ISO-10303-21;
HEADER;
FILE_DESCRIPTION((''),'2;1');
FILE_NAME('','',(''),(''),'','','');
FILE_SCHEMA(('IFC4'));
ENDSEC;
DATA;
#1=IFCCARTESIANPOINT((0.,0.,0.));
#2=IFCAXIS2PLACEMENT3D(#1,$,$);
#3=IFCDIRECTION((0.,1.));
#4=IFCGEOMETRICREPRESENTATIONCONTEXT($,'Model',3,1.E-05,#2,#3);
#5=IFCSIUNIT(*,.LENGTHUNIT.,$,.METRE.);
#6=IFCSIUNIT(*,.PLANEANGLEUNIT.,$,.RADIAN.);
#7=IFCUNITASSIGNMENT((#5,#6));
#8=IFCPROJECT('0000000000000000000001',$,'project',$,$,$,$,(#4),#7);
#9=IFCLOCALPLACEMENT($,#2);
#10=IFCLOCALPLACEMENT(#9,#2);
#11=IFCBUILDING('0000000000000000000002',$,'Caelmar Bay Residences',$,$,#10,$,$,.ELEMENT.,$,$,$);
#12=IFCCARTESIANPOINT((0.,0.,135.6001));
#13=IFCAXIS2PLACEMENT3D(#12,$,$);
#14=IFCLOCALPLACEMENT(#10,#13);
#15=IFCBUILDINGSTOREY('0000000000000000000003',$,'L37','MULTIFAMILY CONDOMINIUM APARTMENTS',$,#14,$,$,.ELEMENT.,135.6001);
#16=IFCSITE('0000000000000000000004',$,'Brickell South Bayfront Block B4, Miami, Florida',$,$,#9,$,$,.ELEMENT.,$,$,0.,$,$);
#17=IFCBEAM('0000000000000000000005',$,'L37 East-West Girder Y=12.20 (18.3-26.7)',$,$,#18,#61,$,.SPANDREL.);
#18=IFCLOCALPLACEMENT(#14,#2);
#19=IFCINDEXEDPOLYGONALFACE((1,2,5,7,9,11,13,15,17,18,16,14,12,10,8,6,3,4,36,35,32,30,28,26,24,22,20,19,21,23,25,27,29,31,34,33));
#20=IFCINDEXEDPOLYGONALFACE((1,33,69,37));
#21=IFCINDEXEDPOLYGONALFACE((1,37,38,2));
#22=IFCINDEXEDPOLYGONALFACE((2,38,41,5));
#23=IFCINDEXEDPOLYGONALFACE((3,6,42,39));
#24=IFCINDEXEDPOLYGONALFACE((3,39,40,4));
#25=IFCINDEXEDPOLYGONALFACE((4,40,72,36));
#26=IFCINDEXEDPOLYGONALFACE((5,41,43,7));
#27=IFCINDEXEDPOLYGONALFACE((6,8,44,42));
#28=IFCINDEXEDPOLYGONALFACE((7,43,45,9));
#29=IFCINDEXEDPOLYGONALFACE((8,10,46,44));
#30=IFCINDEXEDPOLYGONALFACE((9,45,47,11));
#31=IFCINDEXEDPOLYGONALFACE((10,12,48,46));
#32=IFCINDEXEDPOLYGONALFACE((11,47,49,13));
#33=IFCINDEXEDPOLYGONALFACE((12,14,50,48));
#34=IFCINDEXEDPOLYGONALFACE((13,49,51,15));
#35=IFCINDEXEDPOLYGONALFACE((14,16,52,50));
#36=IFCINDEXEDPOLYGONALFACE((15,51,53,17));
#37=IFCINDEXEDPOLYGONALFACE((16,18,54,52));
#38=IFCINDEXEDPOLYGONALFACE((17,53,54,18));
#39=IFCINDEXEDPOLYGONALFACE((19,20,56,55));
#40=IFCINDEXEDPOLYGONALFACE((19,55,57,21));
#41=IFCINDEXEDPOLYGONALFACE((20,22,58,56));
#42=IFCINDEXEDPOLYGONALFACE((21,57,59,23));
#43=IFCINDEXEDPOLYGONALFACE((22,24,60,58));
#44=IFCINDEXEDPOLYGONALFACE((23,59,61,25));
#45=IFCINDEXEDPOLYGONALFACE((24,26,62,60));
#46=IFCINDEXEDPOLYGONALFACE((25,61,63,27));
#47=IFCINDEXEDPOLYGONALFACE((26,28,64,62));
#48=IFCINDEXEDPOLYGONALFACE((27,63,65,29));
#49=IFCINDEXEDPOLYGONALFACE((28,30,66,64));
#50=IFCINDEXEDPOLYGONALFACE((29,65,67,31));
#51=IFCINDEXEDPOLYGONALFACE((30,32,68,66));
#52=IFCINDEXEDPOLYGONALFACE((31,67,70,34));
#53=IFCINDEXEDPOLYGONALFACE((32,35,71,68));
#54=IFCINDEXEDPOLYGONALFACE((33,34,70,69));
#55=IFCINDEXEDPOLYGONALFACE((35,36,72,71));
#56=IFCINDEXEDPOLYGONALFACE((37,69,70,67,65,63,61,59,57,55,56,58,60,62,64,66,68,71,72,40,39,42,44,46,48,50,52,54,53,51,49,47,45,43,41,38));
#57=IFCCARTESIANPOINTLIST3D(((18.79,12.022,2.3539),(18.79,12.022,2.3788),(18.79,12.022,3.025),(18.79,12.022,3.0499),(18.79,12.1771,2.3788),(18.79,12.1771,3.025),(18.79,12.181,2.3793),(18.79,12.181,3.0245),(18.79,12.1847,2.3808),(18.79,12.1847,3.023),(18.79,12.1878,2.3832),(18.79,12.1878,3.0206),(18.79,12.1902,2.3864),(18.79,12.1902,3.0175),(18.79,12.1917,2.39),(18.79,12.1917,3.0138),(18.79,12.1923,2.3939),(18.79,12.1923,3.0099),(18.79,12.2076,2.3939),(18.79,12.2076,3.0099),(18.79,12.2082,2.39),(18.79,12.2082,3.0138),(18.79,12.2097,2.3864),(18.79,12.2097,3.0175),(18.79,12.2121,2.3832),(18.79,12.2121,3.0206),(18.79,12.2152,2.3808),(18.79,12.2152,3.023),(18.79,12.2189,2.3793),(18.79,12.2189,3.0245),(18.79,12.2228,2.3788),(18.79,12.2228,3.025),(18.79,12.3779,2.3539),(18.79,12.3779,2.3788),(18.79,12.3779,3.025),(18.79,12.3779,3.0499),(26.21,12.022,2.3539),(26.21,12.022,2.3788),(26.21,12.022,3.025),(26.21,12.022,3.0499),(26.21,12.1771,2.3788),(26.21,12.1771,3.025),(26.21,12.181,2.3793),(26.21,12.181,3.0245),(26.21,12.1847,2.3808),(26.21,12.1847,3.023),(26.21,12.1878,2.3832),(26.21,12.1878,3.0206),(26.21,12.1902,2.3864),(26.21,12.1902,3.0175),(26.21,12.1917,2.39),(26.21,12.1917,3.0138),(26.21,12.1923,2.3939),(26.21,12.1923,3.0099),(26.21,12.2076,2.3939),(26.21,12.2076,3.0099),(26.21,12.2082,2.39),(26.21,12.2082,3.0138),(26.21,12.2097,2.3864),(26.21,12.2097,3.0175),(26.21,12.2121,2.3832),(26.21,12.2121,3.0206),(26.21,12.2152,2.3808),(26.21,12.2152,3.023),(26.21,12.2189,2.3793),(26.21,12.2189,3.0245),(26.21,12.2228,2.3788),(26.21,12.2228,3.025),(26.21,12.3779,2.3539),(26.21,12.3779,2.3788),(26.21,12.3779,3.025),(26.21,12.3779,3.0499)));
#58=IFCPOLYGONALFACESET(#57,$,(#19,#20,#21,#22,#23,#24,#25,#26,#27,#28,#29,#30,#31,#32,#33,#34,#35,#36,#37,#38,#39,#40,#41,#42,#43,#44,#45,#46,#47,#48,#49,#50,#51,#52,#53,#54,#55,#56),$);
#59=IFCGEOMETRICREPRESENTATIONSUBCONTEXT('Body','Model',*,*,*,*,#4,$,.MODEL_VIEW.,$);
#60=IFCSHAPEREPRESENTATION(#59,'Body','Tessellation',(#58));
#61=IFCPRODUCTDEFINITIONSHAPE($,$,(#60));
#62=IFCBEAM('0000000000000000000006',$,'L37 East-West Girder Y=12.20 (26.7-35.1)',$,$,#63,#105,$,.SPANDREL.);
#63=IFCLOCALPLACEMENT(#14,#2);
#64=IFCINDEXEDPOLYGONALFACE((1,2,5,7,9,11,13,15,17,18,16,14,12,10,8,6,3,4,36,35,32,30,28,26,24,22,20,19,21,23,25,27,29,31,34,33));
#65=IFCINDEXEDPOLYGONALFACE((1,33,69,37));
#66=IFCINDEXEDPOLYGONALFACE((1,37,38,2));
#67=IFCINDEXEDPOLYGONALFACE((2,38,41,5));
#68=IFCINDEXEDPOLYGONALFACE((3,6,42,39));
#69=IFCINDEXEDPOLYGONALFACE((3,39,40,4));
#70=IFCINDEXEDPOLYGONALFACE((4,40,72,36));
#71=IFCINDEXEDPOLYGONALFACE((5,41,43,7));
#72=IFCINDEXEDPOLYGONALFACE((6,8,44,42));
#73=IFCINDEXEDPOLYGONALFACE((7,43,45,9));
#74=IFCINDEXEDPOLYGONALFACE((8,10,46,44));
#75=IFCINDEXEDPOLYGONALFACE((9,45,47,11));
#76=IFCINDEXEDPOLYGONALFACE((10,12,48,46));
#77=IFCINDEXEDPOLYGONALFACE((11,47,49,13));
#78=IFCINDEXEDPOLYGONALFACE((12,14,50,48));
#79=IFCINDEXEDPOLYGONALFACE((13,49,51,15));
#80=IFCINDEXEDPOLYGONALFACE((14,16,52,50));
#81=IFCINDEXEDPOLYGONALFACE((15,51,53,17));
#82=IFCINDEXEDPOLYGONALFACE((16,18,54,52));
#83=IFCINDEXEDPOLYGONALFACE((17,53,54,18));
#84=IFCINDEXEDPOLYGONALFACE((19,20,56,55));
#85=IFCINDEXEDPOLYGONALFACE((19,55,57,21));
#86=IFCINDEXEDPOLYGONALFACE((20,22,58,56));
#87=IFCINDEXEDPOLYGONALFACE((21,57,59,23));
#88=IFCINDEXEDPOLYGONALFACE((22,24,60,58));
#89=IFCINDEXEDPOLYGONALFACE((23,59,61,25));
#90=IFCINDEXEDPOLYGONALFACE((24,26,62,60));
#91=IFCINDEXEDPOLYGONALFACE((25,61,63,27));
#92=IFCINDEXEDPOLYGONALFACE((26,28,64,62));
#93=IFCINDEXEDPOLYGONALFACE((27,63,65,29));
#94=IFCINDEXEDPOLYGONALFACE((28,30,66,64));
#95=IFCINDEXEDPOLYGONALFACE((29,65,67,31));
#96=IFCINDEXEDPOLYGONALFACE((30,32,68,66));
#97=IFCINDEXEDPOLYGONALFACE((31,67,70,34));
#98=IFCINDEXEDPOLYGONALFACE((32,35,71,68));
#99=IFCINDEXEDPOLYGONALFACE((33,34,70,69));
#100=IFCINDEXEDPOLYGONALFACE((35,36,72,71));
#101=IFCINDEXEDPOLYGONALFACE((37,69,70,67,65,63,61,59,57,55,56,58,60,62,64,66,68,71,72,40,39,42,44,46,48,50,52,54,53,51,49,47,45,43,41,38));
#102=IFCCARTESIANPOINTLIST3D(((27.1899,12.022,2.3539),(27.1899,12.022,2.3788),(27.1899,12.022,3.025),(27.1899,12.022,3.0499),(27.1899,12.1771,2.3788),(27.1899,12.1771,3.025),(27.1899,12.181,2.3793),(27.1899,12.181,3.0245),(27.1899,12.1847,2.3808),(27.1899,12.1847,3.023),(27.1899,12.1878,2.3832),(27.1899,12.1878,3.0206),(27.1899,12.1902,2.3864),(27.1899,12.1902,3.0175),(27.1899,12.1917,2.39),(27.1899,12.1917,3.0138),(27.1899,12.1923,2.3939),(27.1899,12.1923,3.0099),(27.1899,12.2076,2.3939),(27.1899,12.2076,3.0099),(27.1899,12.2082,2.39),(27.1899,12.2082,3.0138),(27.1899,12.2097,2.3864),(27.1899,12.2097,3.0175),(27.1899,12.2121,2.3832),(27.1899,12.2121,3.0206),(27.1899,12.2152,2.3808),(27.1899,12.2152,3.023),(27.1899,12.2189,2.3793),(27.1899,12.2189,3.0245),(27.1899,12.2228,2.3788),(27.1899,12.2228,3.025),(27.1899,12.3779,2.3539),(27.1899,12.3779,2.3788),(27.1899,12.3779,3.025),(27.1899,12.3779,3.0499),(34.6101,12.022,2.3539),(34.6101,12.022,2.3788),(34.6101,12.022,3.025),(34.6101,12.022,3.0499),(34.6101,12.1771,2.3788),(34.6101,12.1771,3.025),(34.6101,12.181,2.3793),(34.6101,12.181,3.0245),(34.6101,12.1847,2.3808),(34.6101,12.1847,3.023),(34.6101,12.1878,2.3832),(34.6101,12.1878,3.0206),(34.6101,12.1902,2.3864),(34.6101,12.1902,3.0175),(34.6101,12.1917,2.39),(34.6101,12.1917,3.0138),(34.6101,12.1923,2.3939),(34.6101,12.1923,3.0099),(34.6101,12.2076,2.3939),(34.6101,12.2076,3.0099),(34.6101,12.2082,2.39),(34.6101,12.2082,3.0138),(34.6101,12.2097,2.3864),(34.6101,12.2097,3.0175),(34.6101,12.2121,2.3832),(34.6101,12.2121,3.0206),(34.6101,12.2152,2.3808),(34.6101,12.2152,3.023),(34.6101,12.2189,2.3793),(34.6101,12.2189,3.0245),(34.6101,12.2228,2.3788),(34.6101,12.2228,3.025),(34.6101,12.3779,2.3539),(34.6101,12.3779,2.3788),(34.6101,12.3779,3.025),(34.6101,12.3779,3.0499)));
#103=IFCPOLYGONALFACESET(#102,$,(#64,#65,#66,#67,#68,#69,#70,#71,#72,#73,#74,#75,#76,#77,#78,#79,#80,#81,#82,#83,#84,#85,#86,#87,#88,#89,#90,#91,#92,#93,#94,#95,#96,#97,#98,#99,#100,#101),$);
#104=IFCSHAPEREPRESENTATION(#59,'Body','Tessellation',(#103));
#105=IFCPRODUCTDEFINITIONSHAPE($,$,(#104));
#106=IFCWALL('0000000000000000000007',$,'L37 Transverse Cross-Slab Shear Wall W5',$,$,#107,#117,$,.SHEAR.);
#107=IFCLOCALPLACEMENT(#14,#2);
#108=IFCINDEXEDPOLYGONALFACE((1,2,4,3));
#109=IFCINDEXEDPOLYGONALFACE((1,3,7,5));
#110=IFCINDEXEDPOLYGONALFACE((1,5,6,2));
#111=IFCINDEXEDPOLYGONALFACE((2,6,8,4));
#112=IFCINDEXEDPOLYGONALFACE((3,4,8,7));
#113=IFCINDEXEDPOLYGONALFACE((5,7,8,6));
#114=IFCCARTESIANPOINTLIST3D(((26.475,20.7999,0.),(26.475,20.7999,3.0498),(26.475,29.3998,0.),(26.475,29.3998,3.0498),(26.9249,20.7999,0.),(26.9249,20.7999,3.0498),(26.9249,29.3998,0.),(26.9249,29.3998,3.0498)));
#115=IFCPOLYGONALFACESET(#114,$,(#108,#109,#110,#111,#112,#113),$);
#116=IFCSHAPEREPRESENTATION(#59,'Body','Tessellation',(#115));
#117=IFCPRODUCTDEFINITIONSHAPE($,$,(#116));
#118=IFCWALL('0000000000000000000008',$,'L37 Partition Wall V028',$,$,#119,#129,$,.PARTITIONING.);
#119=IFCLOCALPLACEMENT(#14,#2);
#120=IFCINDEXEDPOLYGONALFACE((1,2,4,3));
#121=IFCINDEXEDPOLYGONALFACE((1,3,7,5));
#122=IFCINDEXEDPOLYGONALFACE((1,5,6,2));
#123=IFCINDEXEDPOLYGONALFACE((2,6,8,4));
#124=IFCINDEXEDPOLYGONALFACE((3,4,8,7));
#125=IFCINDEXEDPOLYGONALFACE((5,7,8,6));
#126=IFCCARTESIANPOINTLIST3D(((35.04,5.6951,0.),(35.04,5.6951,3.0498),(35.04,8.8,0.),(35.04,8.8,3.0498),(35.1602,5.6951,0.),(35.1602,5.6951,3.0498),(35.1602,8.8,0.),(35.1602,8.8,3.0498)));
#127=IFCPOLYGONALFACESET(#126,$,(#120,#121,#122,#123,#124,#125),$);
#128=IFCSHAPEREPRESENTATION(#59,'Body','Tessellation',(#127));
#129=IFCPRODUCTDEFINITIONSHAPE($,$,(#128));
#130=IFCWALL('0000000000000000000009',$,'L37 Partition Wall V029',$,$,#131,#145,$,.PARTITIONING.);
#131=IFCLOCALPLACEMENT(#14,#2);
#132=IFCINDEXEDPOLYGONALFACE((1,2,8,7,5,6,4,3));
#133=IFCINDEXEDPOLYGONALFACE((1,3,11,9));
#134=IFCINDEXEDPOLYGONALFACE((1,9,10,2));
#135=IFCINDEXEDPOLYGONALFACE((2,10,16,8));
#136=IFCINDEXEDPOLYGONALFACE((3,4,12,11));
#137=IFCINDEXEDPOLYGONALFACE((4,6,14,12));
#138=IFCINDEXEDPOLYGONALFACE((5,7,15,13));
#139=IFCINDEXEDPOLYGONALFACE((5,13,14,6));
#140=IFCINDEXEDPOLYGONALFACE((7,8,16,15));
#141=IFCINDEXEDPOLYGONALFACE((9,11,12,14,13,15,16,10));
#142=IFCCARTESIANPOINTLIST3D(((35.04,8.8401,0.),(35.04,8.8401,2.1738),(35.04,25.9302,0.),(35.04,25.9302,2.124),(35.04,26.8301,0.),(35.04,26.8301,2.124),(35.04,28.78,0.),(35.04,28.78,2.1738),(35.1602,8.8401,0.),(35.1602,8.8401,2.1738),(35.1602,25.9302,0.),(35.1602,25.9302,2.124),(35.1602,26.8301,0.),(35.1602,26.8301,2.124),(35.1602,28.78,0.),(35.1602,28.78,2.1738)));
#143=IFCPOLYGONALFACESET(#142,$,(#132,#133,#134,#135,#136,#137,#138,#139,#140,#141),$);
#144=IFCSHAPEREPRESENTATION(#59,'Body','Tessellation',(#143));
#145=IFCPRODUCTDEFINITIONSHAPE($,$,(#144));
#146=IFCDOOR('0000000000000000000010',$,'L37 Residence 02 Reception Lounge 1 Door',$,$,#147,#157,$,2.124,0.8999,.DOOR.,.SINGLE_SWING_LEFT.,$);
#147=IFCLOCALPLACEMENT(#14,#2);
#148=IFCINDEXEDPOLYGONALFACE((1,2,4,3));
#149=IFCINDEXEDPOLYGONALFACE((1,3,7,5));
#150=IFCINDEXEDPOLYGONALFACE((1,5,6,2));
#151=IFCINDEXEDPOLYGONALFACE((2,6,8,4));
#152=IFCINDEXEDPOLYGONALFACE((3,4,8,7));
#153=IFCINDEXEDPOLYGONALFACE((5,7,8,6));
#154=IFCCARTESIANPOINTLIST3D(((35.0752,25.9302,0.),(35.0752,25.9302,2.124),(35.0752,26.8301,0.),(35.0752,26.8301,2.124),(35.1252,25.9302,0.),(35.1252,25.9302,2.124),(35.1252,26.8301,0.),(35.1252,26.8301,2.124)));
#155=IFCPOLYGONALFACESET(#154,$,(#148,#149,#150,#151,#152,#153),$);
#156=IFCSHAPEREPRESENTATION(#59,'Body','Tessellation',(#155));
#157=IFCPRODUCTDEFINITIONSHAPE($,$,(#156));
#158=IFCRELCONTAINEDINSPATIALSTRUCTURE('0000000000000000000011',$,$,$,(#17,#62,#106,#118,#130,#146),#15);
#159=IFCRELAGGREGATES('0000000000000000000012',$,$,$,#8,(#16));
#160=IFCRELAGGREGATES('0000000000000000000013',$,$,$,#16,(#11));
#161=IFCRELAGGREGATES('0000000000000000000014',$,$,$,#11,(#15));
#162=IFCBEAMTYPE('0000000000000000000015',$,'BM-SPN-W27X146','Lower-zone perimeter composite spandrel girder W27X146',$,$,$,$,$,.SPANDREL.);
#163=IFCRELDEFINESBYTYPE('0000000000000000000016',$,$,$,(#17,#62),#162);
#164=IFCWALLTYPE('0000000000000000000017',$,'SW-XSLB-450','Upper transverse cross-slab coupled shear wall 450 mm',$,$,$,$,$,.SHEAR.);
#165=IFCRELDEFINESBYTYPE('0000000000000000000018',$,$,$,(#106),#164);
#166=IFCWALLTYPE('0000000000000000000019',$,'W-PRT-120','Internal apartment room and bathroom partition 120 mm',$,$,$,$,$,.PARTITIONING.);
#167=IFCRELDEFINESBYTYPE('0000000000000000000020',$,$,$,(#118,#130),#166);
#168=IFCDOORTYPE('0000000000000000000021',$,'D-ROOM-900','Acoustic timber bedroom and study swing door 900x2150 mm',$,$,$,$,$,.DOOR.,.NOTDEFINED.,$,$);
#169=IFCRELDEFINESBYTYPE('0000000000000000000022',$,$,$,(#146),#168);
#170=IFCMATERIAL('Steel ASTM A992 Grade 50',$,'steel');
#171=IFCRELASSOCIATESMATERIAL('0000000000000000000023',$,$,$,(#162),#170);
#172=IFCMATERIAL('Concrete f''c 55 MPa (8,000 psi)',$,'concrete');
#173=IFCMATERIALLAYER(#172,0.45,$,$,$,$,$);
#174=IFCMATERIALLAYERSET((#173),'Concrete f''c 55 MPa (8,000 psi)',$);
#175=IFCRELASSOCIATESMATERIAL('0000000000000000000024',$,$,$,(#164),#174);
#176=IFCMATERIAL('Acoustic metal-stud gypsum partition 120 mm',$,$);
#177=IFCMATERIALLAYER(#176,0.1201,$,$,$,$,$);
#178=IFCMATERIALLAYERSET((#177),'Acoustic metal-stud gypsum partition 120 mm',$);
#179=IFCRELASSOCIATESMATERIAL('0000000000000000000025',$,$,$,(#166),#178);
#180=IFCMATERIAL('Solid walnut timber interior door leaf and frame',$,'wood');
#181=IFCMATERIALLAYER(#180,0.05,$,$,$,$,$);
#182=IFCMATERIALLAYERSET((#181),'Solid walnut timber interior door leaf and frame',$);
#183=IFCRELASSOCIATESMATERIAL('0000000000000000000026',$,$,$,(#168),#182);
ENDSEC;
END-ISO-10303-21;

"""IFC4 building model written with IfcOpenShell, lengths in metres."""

from ifc_helpers import new_model, si_unit, direction, frame, frame_2d, origin, origin_2d, place, context, subcontext, project, spatial, rectangle, i_section, extrude, material, layer, layer_set, material_profile, profile_set, type_object, element, fill, save


model = new_model("IFC4")

# Units and contexts
model_context = context("Model", 3, precision=1e-05, world=origin(), true_north=direction((0.0, 1.0)))
body_context = subcontext(model_context, "Body", "Model", "MODEL_VIEW")
ifc_project = project(units=[si_unit("LENGTHUNIT", "METRE"), si_unit("PLANEANGLEUNIT", "RADIAN")], contexts=[model_context])

# Site, building, storey
site_placement = place(None, origin())
site = spatial("IfcSite", under=ifc_project, at=site_placement, Name="Brickell South Bayfront Block B4, Miami, Florida", CompositionType="ELEMENT", RefElevation=0.0)
building_placement = place(site_placement, origin())
building = spatial("IfcBuilding", under=site, at=building_placement, Name="Caelmar Bay Residences", CompositionType="ELEMENT")
storey_placement = place(building_placement, frame((0.0, 0.0, 135.6001)))
storey = spatial("IfcBuildingStorey", under=building, at=storey_placement, Name="L37", Description="MULTIFAMILY CONDOMINIUM APARTMENTS", CompositionType="ELEMENT", Elevation=135.6001)

# Beams
ifc_material_1 = material(Name="Steel ASTM A992 Grade 50", Category="steel")
ifc_material_profile_1 = material_profile(ifc_material_1, i_section(OverallWidth=0.356, OverallDepth=0.696, WebThickness=0.0154, FlangeThickness=0.0249, FilletRadius=0.0151, at=origin_2d()), Name="W27X146")
ifc_profile_set_1 = profile_set([ifc_material_profile_1], Name="Steel ASTM A992 Grade 50")
beam_type_1 = type_object("IfcBeamType", Name="BM-SPN-W27X146", Description="Lower-zone perimeter composite spandrel girder W27X146", PredefinedType="SPANDREL", material=ifc_profile_set_1)
beam_1_placement = place(storey_placement, frame((18.79, 12.2, 2.7019), z_axis=(1.0, 0.0, 0.0), x_axis=(0.0, 1.0, 0.0)))
element("IfcBeam", 1, at=beam_1_placement, inside=storey, type_object=beam_type_1, Name="L37 East-West Girder Y=12.20 (18.3-26.7)", PredefinedType="SPANDREL", context=body_context, shape_type="SweptSolid", body=[
    extrude(i_section(OverallWidth=0.356, OverallDepth=0.696, WebThickness=0.0154, FlangeThickness=0.0249, FilletRadius=0.0151, at=origin_2d()), origin(), (0.0, 0.0, 1.0), 7.4199),
])
beam_2_placement = place(storey_placement, frame((27.1899, 12.2, 2.7019), z_axis=(1.0, 0.0, 0.0), x_axis=(0.0, 1.0, 0.0)))
element("IfcBeam", 2, at=beam_2_placement, inside=storey, type_object=beam_type_1, Name="L37 East-West Girder Y=12.20 (26.7-35.1)", PredefinedType="SPANDREL", context=body_context, shape_type="SweptSolid", body=[
    extrude(i_section(OverallWidth=0.356, OverallDepth=0.696, WebThickness=0.0154, FlangeThickness=0.0249, FilletRadius=0.0151, at=origin_2d()), origin(), (0.0, 0.0, 1.0), 7.4202),
])

# Walls
ifc_material_2 = material(Name="Concrete f'c 55 MPa (8,000 psi)", Category="concrete")
ifc_layer_1 = layer(ifc_material_2, 0.45)
ifc_layer_set_1 = layer_set([ifc_layer_1], Name="Concrete f'c 55 MPa (8,000 psi)")
wall_type_1 = type_object("IfcWallType", Name="SW-XSLB-450", Description="Upper transverse cross-slab coupled shear wall 450 mm", PredefinedType="SHEAR", material=ifc_layer_set_1)
wall_1_placement = place(storey_placement, frame((26.7, 20.8, 0.0), z_axis=(0.0, 0.0, 1.0), x_axis=(0.0, 1.0, 0.0)))
element("IfcWall", 3, at=wall_1_placement, inside=storey, type_object=wall_type_1, Name="L37 Transverse Cross-Slab Shear Wall W5", PredefinedType="SHEAR", context=body_context, shape_type="SweptSolid", body=[
    extrude(rectangle(XDim=8.5999, YDim=0.45, at=frame_2d((4.2998, 0.0))), origin(), (0.0, 0.0, 1.0), 3.0498),
])
ifc_material_3 = material(Name="Acoustic metal-stud gypsum partition 120 mm")
ifc_layer_2 = layer(ifc_material_3, 0.1201)
ifc_layer_set_2 = layer_set([ifc_layer_2], Name="Acoustic metal-stud gypsum partition 120 mm")
wall_type_2 = type_object("IfcWallType", Name="W-PRT-120", Description="Internal apartment room and bathroom partition 120 mm", PredefinedType="PARTITIONING", material=ifc_layer_set_2)
wall_2_placement = place(storey_placement, frame((35.1001, 5.6951, 0.0), z_axis=(0.0, 0.0, 1.0), x_axis=(0.0, 1.0, 0.0)))
element("IfcWall", 4, at=wall_2_placement, inside=storey, type_object=wall_type_2, Name="L37 Partition Wall V028", PredefinedType="PARTITIONING", context=body_context, shape_type="SweptSolid", body=[
    extrude(rectangle(XDim=3.105, YDim=0.1201, at=frame_2d((1.5525, 0.0))), origin(), (0.0, 0.0, 1.0), 3.0498),
])

# Wall, opening, door
wall_3_placement = place(storey_placement, frame((35.1001, 8.8401, 0.0), z_axis=(0.0, 0.0, 1.0), x_axis=(0.0, 1.0, 0.0)))
wall_3 = element("IfcWall", 5, at=wall_3_placement, inside=storey, type_object=wall_type_2, Name="L37 Partition Wall V029", PredefinedType="PARTITIONING", context=body_context, shape_type="SweptSolid", body=[
    extrude(rectangle(XDim=19.9399, YDim=0.1201, at=frame_2d((9.97, 0.0))), origin(), (0.0, 0.0, 1.0), 2.1738),
])
opening_1_placement = place(wall_3_placement, frame((17.0901, 0.0, 0.0)))
opening_1 = element("IfcOpeningElement", 6, at=opening_1_placement, cuts=wall_3, PredefinedType="OPENING", context=body_context, shape_type="SweptSolid", body=[
    extrude(rectangle(XDim=0.8999, YDim=2.124, at=frame_2d((0.45, 1.062))), frame((0.0, 0.0701, 0.0), z_axis=(0.0, -1.0, 0.0), x_axis=(1.0, 0.0, 0.0)), (0.0, 0.0, 1.0), 0.1401),
])
ifc_material_4 = material(Name="Solid walnut timber interior door leaf and frame", Category="wood")
ifc_layer_3 = layer(ifc_material_4, 0.05)
ifc_layer_set_3 = layer_set([ifc_layer_3], Name="Solid walnut timber interior door leaf and frame")
door_type = type_object("IfcDoorType", Name="D-ROOM-900", Description="Acoustic timber bedroom and study swing door 900x2150 mm", OperationType="NOTDEFINED", PredefinedType="DOOR", material=ifc_layer_set_3)
door_1_placement = place(opening_1_placement, origin())
door_1 = element("IfcDoor", 7, at=door_1_placement, inside=storey, type_object=door_type, Name="L37 Residence 02 Reception Lounge 1 Door", OperationType="SINGLE_SWING_LEFT", OverallHeight=2.124, OverallWidth=0.8999, PredefinedType="DOOR", context=body_context, shape_type="SweptSolid", body=[
    extrude(rectangle(XDim=0.8999, YDim=2.124, at=frame_2d((0.45, 1.062))), frame((0.0, 0.0249, 0.0), z_axis=(0.0, -1.0, 0.0), x_axis=(1.0, 0.0, 0.0)), (0.0, 0.0, 1.0), 0.05),
])
fill(opening_1, door_1)

save(model, "model.ifc")
